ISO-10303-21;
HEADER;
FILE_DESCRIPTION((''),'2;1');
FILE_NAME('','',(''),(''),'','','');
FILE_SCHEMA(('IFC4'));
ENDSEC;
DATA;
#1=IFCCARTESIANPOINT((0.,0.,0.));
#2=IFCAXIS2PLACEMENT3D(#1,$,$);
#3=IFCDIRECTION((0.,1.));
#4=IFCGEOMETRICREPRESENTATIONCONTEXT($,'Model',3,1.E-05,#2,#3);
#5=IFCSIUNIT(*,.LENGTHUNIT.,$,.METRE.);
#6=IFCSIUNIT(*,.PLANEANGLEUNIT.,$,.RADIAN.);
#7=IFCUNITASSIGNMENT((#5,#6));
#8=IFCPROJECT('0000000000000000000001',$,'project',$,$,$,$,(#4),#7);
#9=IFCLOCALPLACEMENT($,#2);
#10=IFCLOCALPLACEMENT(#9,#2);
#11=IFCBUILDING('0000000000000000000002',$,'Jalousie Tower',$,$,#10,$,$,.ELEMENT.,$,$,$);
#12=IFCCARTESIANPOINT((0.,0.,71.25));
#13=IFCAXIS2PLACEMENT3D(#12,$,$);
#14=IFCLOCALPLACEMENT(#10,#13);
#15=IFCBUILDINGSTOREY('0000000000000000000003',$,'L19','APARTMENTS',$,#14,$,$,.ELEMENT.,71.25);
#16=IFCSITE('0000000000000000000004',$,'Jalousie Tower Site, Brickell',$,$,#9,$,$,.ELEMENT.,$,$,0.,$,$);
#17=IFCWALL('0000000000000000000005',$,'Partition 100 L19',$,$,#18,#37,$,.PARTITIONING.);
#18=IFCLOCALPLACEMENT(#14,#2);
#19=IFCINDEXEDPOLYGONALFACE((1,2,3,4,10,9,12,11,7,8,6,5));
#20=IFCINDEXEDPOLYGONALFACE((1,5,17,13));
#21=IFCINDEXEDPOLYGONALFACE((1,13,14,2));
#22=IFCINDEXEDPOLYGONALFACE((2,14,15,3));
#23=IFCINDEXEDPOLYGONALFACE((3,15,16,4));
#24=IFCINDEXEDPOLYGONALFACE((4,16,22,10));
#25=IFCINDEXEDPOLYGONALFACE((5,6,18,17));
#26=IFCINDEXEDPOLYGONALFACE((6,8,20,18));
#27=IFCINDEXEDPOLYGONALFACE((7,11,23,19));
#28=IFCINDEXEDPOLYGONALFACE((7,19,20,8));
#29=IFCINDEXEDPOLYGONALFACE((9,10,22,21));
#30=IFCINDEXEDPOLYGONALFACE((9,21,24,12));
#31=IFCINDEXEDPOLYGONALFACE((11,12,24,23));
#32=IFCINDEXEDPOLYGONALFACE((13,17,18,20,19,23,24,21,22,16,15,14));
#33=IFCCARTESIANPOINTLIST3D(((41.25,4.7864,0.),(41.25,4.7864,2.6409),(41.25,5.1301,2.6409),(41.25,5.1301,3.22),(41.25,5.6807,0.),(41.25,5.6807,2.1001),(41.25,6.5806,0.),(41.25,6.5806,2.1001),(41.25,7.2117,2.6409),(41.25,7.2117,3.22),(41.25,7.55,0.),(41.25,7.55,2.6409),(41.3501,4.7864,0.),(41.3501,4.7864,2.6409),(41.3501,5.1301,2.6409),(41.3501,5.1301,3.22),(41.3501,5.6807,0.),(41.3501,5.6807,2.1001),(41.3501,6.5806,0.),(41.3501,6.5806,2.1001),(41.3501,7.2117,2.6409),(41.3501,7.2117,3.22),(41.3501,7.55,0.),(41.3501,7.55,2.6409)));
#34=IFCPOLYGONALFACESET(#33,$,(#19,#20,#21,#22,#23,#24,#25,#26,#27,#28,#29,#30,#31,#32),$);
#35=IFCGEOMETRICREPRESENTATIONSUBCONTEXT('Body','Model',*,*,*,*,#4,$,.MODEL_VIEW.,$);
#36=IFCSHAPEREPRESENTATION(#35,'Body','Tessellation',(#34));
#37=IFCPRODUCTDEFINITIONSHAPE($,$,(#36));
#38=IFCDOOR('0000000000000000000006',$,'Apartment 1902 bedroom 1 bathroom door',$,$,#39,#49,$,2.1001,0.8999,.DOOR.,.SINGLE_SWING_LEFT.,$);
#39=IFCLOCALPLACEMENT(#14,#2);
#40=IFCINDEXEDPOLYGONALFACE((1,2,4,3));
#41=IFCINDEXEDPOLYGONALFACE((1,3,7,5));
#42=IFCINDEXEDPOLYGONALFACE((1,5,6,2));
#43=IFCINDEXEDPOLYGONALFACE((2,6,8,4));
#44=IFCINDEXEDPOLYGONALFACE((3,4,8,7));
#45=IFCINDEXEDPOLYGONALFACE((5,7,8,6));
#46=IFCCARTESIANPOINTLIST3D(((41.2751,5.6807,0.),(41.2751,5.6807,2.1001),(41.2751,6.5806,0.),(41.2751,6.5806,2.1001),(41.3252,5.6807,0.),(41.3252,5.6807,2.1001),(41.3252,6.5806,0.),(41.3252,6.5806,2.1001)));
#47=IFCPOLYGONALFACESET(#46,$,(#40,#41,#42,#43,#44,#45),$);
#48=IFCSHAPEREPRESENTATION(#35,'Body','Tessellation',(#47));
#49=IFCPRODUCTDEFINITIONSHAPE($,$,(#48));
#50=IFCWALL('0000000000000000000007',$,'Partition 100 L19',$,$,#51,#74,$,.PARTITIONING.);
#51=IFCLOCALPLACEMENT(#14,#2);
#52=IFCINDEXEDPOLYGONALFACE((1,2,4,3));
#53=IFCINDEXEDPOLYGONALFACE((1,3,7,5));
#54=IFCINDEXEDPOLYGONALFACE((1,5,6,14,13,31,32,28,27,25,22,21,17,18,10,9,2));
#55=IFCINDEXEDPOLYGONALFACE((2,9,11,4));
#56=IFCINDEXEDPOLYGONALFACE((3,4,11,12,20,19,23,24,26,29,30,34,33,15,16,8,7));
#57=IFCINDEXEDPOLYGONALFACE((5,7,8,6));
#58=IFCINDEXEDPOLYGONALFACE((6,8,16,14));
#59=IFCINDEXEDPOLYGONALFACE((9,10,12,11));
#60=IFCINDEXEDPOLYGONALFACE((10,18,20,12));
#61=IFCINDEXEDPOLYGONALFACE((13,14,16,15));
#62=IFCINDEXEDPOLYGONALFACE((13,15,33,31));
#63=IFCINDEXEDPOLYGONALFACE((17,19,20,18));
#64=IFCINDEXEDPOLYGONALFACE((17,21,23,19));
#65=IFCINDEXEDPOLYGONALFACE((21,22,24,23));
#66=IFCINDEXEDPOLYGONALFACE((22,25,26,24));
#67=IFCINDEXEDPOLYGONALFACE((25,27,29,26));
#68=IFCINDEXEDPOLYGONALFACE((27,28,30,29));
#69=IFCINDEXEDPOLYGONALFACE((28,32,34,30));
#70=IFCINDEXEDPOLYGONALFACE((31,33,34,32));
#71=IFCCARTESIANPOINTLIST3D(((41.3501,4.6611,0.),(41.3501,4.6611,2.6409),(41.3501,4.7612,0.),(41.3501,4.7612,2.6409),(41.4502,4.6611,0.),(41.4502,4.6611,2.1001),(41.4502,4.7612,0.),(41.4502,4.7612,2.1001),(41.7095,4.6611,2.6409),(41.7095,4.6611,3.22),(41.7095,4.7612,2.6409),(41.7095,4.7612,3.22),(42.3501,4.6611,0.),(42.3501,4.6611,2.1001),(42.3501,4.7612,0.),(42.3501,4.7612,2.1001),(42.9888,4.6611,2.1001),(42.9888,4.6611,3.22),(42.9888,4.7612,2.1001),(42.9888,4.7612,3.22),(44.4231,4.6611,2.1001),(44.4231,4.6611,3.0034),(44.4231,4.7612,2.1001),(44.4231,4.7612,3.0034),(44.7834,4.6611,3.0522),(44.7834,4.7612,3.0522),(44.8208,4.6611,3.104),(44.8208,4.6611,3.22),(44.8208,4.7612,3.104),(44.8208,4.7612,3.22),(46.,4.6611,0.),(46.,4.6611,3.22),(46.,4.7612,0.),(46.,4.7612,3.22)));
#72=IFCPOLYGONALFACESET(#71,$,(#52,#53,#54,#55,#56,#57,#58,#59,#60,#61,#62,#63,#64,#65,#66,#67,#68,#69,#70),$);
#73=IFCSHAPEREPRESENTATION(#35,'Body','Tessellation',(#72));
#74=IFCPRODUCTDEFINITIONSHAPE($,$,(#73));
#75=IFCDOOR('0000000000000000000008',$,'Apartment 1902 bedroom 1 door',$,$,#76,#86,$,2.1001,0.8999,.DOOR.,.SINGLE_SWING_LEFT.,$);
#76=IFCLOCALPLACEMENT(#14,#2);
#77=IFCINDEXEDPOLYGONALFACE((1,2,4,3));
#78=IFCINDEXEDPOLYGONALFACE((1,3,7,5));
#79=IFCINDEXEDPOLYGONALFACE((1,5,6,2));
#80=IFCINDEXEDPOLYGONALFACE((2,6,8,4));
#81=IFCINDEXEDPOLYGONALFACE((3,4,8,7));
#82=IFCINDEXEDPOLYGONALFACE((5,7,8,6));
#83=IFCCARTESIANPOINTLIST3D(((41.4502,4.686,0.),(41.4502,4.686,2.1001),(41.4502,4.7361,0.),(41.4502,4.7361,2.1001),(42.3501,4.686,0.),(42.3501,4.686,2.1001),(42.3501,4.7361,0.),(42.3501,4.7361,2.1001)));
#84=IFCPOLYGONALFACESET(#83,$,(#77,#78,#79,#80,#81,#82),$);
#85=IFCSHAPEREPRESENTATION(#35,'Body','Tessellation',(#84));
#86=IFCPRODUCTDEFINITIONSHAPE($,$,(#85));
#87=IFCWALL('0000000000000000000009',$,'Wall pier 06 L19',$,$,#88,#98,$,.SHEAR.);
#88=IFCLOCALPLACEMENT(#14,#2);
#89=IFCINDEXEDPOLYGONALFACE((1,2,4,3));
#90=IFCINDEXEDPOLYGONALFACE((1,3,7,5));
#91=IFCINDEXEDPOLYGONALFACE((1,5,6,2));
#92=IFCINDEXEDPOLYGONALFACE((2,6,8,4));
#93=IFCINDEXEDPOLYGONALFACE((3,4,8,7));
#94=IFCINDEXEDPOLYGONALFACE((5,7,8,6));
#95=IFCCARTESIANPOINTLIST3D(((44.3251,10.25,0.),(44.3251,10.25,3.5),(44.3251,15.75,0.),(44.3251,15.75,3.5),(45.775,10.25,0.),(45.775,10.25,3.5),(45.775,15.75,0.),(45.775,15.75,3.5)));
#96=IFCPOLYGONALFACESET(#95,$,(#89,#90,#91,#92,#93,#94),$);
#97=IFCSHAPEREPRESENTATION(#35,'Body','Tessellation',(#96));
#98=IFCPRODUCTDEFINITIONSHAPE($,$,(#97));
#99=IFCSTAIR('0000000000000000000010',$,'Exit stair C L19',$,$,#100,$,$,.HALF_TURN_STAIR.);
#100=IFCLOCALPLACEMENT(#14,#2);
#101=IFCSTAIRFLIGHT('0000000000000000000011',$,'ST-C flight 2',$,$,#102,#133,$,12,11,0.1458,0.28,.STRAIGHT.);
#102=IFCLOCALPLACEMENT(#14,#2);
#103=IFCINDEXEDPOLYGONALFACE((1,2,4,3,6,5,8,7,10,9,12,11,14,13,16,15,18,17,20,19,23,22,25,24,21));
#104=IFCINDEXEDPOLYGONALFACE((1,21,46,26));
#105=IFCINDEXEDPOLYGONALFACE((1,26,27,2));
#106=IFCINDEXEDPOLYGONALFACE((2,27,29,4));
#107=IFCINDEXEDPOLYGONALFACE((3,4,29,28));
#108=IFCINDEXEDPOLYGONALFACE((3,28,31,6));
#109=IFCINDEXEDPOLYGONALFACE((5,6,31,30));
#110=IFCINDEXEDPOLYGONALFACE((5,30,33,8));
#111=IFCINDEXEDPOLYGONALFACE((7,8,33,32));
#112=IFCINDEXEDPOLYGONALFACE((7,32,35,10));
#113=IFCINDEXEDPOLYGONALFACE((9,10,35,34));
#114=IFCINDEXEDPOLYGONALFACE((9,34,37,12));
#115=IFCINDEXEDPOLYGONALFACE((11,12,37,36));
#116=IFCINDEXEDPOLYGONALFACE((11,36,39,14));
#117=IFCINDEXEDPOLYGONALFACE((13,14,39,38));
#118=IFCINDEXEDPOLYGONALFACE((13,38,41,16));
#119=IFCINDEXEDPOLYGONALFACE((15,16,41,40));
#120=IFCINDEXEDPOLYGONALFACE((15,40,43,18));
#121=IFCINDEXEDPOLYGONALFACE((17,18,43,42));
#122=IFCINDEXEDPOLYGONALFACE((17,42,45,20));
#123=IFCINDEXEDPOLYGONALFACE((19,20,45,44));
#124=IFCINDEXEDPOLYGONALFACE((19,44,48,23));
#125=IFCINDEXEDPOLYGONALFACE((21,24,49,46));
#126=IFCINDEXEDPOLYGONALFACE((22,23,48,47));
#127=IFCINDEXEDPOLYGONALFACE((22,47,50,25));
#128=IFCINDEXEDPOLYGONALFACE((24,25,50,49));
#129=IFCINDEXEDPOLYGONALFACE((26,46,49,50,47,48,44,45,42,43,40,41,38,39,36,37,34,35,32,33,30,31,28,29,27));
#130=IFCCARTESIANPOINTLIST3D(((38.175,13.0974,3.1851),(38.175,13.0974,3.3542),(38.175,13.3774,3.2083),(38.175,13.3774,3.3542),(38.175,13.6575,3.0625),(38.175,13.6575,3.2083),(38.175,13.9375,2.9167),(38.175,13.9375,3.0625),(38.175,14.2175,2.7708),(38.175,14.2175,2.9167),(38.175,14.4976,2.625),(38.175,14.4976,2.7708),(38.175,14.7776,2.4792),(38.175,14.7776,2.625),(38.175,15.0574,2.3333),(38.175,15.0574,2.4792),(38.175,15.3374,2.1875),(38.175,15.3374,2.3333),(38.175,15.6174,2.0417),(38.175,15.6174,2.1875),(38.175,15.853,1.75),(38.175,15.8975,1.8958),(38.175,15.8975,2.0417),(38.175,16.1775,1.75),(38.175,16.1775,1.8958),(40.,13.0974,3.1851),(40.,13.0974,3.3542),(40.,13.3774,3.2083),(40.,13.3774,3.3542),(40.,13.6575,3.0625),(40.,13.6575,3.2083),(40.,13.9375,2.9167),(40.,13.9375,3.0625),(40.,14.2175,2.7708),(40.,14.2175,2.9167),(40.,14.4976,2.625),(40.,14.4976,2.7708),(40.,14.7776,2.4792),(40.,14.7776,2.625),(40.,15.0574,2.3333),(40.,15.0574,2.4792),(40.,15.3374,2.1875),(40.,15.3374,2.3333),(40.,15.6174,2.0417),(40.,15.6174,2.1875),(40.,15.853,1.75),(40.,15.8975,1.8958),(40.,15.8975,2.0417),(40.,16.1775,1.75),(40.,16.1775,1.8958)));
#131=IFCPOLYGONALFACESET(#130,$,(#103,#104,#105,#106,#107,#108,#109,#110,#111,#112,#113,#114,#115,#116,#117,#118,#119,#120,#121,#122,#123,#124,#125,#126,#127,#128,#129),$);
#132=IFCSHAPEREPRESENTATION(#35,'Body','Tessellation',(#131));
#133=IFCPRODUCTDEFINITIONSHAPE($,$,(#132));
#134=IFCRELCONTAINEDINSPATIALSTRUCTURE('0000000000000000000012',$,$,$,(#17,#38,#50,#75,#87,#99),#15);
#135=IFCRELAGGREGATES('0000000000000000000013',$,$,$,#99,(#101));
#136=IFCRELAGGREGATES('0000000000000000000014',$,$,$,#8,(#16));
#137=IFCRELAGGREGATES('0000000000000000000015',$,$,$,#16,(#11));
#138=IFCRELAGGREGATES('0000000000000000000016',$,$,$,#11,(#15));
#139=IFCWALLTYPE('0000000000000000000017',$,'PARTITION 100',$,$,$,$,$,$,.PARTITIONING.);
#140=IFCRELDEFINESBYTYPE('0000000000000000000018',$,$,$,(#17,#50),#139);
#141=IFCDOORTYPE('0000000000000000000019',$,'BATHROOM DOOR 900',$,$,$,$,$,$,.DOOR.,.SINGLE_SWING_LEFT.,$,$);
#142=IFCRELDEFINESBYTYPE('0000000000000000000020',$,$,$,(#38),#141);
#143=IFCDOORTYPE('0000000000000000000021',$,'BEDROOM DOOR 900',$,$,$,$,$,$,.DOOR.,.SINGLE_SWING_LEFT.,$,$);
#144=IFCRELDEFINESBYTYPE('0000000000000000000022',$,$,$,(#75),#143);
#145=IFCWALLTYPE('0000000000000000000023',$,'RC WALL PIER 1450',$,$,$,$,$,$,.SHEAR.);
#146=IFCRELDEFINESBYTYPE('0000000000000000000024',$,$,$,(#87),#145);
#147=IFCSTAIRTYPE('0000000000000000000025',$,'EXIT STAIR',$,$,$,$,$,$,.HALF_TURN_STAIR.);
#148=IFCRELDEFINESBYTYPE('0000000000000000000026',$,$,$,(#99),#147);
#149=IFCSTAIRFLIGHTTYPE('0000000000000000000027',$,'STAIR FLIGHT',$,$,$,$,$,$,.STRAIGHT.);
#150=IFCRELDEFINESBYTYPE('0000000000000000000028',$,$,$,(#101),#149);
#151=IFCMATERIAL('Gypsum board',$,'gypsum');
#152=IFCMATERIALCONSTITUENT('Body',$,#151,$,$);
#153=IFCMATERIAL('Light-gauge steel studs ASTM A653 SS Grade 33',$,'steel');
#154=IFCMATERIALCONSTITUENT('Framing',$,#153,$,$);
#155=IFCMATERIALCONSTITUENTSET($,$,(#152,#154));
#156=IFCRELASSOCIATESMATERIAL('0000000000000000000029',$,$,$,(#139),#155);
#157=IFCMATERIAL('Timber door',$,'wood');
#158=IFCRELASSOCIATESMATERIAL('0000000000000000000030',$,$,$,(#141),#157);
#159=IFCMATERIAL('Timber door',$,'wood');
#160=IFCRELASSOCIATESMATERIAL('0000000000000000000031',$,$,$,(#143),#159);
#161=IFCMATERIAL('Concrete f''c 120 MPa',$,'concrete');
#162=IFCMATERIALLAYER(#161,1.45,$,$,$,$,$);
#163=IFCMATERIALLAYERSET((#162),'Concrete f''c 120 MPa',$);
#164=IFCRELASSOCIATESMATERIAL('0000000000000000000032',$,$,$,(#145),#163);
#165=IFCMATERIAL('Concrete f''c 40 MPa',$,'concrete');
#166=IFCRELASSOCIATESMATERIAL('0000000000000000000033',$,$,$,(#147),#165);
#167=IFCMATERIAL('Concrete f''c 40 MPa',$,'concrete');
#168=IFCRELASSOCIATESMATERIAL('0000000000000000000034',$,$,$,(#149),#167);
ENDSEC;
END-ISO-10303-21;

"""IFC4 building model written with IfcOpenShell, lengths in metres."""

from ifc_helpers import new_model, si_unit, direction, frame, frame_2d, origin, place, context, subcontext, project, spatial, polyline, rectangle, outline, extrude, material, layer, layer_set, constituent, constituent_set, type_object, element, fill, aggregate, save


model = new_model("IFC4")

# Units and contexts
model_context = context("Model", 3, precision=1e-05, world=origin(), true_north=direction((0.0, 1.0)))
body_context = subcontext(model_context, "Body", "Model", "MODEL_VIEW")
ifc_project = project(units=[si_unit("LENGTHUNIT", "METRE"), si_unit("PLANEANGLEUNIT", "RADIAN")], contexts=[model_context])

# Site, building, storey
site_placement = place(None, origin())
site = spatial("IfcSite", under=ifc_project, at=site_placement, Name="Jalousie Tower Site, Brickell", CompositionType="ELEMENT", RefElevation=0.0)
building_placement = place(site_placement, origin())
building = spatial("IfcBuilding", under=site, at=building_placement, Name="Jalousie Tower", CompositionType="ELEMENT")
storey_placement = place(building_placement, frame((0.0, 0.0, 71.25)))
storey = spatial("IfcBuildingStorey", under=building, at=storey_placement, Name="L19", Description="APARTMENTS", CompositionType="ELEMENT", Elevation=71.25)

# Walls, openings, doors
ifc_material_1 = material(Name="Gypsum board", Category="gypsum")
ifc_constituent_1 = constituent(ifc_material_1, Name="Body")
ifc_material_2 = material(Name="Light-gauge steel studs ASTM A653 SS Grade 33", Category="steel")
ifc_constituent_2 = constituent(ifc_material_2, Name="Framing")
ifc_constituent_set_1 = constituent_set(constituents=[ifc_constituent_1, ifc_constituent_2])
wall_type_1 = type_object("IfcWallType", Name="PARTITION 100", PredefinedType="PARTITIONING", material=ifc_constituent_set_1)
wall_1_placement = place(storey_placement, frame((41.3, 4.7864, 0.0), z_axis=(0.0, 0.0, 1.0), x_axis=(0.0, 1.0, 0.0)))
wall_1 = element("IfcWall", 1, at=wall_1_placement, inside=storey, type_object=wall_type_1, Name="Partition 100 L19", PredefinedType="PARTITIONING", context=body_context, shape_type="SweptSolid", body=[
    extrude(outline(polyline([(0.0, 0.0), (2.7637, 0.0), (2.7637, 2.6409), (2.4253, 2.6409), (2.4253, 3.22), (0.3438, 3.22), (0.3438, 2.6409), (0.0, 2.6409), (0.0, 0.0)])), frame((0.0, 0.05, 0.0), z_axis=(0.0, -1.0, 0.0), x_axis=(1.0, 0.0, 0.0)), (0.0, 0.0, 1.0), 0.1001),
])
opening_1_placement = place(wall_1_placement, frame((0.8943, 0.0, 0.0)))
opening_1 = element("IfcOpeningElement", 2, at=opening_1_placement, cuts=wall_1, PredefinedType="OPENING", context=body_context, shape_type="SweptSolid", body=[
    extrude(rectangle(XDim=0.8999, YDim=2.1001, at=frame_2d((0.45, 1.05))), frame((0.0, 0.0601, 0.0), z_axis=(0.0, -1.0, 0.0), x_axis=(1.0, 0.0, 0.0)), (0.0, 0.0, 1.0), 0.1201),
])
ifc_material_3 = material(Name="Timber door", Category="wood")
door_type_1 = type_object("IfcDoorType", Name="BATHROOM DOOR 900", OperationType="SINGLE_SWING_LEFT", PredefinedType="DOOR", material=ifc_material_3)
door_1_placement = place(opening_1_placement, origin())
door_1 = element("IfcDoor", 3, at=door_1_placement, inside=storey, type_object=door_type_1, Name="Apartment 1902 bedroom 1 bathroom door", OperationType="SINGLE_SWING_LEFT", OverallHeight=2.1001, OverallWidth=0.8999, PredefinedType="DOOR", context=body_context, shape_type="SweptSolid", body=[
    extrude(rectangle(XDim=0.8999, YDim=2.1001, at=frame_2d((0.45, 1.05))), frame((0.0, 0.0249, 0.0), z_axis=(0.0, -1.0, 0.0), x_axis=(1.0, 0.0, 0.0)), (0.0, 0.0, 1.0), 0.05),
])
fill(opening_1, door_1)
wall_2_placement = place(storey_placement, frame((41.3501, 4.7112, 0.0), z_axis=(0.0, 0.0, 1.0), x_axis=(1.0, 0.0, 0.0)))
wall_2 = element("IfcWall", 4, at=wall_2_placement, inside=storey, type_object=wall_type_1, Name="Partition 100 L19", PredefinedType="PARTITIONING", context=body_context, shape_type="SweptSolid", body=[
    extrude(outline(polyline([(0.0, 0.0), (4.6499, 0.0), (4.6499, 3.22), (3.4707, 3.22), (3.4707, 3.104), (3.4333, 3.0522), (3.073, 3.0034), (3.073, 2.1001), (1.6387, 2.1001), (1.6387, 3.22), (0.3594, 3.22), (0.3594, 2.6409), (0.0, 2.6409), (0.0, 0.0)])), frame((0.0, 0.05, 0.0), z_axis=(0.0, -1.0, 0.0), x_axis=(1.0, 0.0, 0.0)), (0.0, 0.0, 1.0), 0.1001),
])
opening_2_placement = place(wall_2_placement, frame((0.1001, 0.0, 0.0)))
opening_2 = element("IfcOpeningElement", 5, at=opening_2_placement, cuts=wall_2, PredefinedType="OPENING", context=body_context, shape_type="SweptSolid", body=[
    extrude(rectangle(XDim=0.8999, YDim=2.1001, at=frame_2d((0.45, 1.05))), frame((0.0, 0.0601, 0.0), z_axis=(0.0, -1.0, 0.0), x_axis=(1.0, 0.0, 0.0)), (0.0, 0.0, 1.0), 0.1201),
])
ifc_material_4 = material(Name="Timber door", Category="wood")
door_type_2 = type_object("IfcDoorType", Name="BEDROOM DOOR 900", OperationType="SINGLE_SWING_LEFT", PredefinedType="DOOR", material=ifc_material_4)
door_2_placement = place(opening_2_placement, origin())
door_2 = element("IfcDoor", 6, at=door_2_placement, inside=storey, type_object=door_type_2, Name="Apartment 1902 bedroom 1 door", OperationType="SINGLE_SWING_LEFT", OverallHeight=2.1001, OverallWidth=0.8999, PredefinedType="DOOR", context=body_context, shape_type="SweptSolid", body=[
    extrude(rectangle(XDim=0.8999, YDim=2.1001, at=frame_2d((0.45, 1.05))), frame((0.0, 0.0249, 0.0), z_axis=(0.0, -1.0, 0.0), x_axis=(1.0, 0.0, 0.0)), (0.0, 0.0, 1.0), 0.05),
])
fill(opening_2, door_2)

# Wall
ifc_material_5 = material(Name="Concrete f'c 120 MPa", Category="concrete")
ifc_layer_1 = layer(ifc_material_5, 1.45)
ifc_layer_set_1 = layer_set([ifc_layer_1], Name="Concrete f'c 120 MPa")
wall_type_2 = type_object("IfcWallType", Name="RC WALL PIER 1450", PredefinedType="SHEAR", material=ifc_layer_set_1)
wall_3_placement = place(storey_placement, frame((45.05, 10.25, 0.0), z_axis=(0.0, 0.0, 1.0), x_axis=(0.0, 1.0, 0.0)))
element("IfcWall", 7, at=wall_3_placement, inside=storey, type_object=wall_type_2, Name="Wall pier 06 L19", PredefinedType="SHEAR", context=body_context, shape_type="SweptSolid", body=[
    extrude(rectangle(XDim=5.5, YDim=1.45, at=frame_2d((2.75, 0.0))), origin(), (0.0, 0.0, 1.0), 3.5),
])

# Stair, stair flight
ifc_material_6 = material(Name="Concrete f'c 40 MPa", Category="concrete")
stair_type = type_object("IfcStairType", Name="EXIT STAIR", PredefinedType="HALF_TURN_STAIR", material=ifc_material_6)
stair_placement = place(storey_placement, origin())
stair = element("IfcStair", 8, at=stair_placement, inside=storey, type_object=stair_type, Name="Exit stair C L19", PredefinedType="HALF_TURN_STAIR")
ifc_material_7 = material(Name="Concrete f'c 40 MPa", Category="concrete")
stair_flight_type = type_object("IfcStairFlightType", Name="STAIR FLIGHT", PredefinedType="STRAIGHT", material=ifc_material_7)
stair_flight_placement = place(storey_placement, frame((39.0874, 16.1775, 1.75), z_axis=(0.0, 0.0, 1.0), x_axis=(0.0, -1.0, 0.0)))
stair_flight = element("IfcStairFlight", 9, at=stair_flight_placement, type_object=stair_flight_type, Name="ST-C flight 2", NumberOfRisers=12, NumberOfTreads=11, PredefinedType="STRAIGHT", RiserHeight=0.1458, TreadLength=0.28, context=body_context, shape_type="SweptSolid", body=[
    extrude(outline(polyline([(0.0, 0.0), (0.0, 0.1458), (0.28, 0.1458), (0.28, 0.2917), (0.5601, 0.2917), (0.5601, 0.4375), (0.8401, 0.4375), (0.8401, 0.5833), (1.1201, 0.5833), (1.1201, 0.7292), (1.3999, 0.7292), (1.3999, 0.875), (1.6799, 0.875), (1.6799, 1.0208), (1.96, 1.0208), (1.96, 1.1667), (2.24, 1.1667), (2.24, 1.3125), (2.52, 1.3125), (2.52, 1.4583), (2.8, 1.4583), (2.8, 1.6042), (3.0801, 1.6042), (3.0801, 1.75), (3.0801, 1.4351), (0.3245, 0.0), (0.0, 0.0)])), frame((0.0, 0.9126, 0.0), z_axis=(0.0, -1.0, 0.0), x_axis=(1.0, 0.0, 0.0)), (0.0, 0.0, 1.0), 1.825),
])
aggregate(stair, [stair_flight])

save(model, "model.ifc")
